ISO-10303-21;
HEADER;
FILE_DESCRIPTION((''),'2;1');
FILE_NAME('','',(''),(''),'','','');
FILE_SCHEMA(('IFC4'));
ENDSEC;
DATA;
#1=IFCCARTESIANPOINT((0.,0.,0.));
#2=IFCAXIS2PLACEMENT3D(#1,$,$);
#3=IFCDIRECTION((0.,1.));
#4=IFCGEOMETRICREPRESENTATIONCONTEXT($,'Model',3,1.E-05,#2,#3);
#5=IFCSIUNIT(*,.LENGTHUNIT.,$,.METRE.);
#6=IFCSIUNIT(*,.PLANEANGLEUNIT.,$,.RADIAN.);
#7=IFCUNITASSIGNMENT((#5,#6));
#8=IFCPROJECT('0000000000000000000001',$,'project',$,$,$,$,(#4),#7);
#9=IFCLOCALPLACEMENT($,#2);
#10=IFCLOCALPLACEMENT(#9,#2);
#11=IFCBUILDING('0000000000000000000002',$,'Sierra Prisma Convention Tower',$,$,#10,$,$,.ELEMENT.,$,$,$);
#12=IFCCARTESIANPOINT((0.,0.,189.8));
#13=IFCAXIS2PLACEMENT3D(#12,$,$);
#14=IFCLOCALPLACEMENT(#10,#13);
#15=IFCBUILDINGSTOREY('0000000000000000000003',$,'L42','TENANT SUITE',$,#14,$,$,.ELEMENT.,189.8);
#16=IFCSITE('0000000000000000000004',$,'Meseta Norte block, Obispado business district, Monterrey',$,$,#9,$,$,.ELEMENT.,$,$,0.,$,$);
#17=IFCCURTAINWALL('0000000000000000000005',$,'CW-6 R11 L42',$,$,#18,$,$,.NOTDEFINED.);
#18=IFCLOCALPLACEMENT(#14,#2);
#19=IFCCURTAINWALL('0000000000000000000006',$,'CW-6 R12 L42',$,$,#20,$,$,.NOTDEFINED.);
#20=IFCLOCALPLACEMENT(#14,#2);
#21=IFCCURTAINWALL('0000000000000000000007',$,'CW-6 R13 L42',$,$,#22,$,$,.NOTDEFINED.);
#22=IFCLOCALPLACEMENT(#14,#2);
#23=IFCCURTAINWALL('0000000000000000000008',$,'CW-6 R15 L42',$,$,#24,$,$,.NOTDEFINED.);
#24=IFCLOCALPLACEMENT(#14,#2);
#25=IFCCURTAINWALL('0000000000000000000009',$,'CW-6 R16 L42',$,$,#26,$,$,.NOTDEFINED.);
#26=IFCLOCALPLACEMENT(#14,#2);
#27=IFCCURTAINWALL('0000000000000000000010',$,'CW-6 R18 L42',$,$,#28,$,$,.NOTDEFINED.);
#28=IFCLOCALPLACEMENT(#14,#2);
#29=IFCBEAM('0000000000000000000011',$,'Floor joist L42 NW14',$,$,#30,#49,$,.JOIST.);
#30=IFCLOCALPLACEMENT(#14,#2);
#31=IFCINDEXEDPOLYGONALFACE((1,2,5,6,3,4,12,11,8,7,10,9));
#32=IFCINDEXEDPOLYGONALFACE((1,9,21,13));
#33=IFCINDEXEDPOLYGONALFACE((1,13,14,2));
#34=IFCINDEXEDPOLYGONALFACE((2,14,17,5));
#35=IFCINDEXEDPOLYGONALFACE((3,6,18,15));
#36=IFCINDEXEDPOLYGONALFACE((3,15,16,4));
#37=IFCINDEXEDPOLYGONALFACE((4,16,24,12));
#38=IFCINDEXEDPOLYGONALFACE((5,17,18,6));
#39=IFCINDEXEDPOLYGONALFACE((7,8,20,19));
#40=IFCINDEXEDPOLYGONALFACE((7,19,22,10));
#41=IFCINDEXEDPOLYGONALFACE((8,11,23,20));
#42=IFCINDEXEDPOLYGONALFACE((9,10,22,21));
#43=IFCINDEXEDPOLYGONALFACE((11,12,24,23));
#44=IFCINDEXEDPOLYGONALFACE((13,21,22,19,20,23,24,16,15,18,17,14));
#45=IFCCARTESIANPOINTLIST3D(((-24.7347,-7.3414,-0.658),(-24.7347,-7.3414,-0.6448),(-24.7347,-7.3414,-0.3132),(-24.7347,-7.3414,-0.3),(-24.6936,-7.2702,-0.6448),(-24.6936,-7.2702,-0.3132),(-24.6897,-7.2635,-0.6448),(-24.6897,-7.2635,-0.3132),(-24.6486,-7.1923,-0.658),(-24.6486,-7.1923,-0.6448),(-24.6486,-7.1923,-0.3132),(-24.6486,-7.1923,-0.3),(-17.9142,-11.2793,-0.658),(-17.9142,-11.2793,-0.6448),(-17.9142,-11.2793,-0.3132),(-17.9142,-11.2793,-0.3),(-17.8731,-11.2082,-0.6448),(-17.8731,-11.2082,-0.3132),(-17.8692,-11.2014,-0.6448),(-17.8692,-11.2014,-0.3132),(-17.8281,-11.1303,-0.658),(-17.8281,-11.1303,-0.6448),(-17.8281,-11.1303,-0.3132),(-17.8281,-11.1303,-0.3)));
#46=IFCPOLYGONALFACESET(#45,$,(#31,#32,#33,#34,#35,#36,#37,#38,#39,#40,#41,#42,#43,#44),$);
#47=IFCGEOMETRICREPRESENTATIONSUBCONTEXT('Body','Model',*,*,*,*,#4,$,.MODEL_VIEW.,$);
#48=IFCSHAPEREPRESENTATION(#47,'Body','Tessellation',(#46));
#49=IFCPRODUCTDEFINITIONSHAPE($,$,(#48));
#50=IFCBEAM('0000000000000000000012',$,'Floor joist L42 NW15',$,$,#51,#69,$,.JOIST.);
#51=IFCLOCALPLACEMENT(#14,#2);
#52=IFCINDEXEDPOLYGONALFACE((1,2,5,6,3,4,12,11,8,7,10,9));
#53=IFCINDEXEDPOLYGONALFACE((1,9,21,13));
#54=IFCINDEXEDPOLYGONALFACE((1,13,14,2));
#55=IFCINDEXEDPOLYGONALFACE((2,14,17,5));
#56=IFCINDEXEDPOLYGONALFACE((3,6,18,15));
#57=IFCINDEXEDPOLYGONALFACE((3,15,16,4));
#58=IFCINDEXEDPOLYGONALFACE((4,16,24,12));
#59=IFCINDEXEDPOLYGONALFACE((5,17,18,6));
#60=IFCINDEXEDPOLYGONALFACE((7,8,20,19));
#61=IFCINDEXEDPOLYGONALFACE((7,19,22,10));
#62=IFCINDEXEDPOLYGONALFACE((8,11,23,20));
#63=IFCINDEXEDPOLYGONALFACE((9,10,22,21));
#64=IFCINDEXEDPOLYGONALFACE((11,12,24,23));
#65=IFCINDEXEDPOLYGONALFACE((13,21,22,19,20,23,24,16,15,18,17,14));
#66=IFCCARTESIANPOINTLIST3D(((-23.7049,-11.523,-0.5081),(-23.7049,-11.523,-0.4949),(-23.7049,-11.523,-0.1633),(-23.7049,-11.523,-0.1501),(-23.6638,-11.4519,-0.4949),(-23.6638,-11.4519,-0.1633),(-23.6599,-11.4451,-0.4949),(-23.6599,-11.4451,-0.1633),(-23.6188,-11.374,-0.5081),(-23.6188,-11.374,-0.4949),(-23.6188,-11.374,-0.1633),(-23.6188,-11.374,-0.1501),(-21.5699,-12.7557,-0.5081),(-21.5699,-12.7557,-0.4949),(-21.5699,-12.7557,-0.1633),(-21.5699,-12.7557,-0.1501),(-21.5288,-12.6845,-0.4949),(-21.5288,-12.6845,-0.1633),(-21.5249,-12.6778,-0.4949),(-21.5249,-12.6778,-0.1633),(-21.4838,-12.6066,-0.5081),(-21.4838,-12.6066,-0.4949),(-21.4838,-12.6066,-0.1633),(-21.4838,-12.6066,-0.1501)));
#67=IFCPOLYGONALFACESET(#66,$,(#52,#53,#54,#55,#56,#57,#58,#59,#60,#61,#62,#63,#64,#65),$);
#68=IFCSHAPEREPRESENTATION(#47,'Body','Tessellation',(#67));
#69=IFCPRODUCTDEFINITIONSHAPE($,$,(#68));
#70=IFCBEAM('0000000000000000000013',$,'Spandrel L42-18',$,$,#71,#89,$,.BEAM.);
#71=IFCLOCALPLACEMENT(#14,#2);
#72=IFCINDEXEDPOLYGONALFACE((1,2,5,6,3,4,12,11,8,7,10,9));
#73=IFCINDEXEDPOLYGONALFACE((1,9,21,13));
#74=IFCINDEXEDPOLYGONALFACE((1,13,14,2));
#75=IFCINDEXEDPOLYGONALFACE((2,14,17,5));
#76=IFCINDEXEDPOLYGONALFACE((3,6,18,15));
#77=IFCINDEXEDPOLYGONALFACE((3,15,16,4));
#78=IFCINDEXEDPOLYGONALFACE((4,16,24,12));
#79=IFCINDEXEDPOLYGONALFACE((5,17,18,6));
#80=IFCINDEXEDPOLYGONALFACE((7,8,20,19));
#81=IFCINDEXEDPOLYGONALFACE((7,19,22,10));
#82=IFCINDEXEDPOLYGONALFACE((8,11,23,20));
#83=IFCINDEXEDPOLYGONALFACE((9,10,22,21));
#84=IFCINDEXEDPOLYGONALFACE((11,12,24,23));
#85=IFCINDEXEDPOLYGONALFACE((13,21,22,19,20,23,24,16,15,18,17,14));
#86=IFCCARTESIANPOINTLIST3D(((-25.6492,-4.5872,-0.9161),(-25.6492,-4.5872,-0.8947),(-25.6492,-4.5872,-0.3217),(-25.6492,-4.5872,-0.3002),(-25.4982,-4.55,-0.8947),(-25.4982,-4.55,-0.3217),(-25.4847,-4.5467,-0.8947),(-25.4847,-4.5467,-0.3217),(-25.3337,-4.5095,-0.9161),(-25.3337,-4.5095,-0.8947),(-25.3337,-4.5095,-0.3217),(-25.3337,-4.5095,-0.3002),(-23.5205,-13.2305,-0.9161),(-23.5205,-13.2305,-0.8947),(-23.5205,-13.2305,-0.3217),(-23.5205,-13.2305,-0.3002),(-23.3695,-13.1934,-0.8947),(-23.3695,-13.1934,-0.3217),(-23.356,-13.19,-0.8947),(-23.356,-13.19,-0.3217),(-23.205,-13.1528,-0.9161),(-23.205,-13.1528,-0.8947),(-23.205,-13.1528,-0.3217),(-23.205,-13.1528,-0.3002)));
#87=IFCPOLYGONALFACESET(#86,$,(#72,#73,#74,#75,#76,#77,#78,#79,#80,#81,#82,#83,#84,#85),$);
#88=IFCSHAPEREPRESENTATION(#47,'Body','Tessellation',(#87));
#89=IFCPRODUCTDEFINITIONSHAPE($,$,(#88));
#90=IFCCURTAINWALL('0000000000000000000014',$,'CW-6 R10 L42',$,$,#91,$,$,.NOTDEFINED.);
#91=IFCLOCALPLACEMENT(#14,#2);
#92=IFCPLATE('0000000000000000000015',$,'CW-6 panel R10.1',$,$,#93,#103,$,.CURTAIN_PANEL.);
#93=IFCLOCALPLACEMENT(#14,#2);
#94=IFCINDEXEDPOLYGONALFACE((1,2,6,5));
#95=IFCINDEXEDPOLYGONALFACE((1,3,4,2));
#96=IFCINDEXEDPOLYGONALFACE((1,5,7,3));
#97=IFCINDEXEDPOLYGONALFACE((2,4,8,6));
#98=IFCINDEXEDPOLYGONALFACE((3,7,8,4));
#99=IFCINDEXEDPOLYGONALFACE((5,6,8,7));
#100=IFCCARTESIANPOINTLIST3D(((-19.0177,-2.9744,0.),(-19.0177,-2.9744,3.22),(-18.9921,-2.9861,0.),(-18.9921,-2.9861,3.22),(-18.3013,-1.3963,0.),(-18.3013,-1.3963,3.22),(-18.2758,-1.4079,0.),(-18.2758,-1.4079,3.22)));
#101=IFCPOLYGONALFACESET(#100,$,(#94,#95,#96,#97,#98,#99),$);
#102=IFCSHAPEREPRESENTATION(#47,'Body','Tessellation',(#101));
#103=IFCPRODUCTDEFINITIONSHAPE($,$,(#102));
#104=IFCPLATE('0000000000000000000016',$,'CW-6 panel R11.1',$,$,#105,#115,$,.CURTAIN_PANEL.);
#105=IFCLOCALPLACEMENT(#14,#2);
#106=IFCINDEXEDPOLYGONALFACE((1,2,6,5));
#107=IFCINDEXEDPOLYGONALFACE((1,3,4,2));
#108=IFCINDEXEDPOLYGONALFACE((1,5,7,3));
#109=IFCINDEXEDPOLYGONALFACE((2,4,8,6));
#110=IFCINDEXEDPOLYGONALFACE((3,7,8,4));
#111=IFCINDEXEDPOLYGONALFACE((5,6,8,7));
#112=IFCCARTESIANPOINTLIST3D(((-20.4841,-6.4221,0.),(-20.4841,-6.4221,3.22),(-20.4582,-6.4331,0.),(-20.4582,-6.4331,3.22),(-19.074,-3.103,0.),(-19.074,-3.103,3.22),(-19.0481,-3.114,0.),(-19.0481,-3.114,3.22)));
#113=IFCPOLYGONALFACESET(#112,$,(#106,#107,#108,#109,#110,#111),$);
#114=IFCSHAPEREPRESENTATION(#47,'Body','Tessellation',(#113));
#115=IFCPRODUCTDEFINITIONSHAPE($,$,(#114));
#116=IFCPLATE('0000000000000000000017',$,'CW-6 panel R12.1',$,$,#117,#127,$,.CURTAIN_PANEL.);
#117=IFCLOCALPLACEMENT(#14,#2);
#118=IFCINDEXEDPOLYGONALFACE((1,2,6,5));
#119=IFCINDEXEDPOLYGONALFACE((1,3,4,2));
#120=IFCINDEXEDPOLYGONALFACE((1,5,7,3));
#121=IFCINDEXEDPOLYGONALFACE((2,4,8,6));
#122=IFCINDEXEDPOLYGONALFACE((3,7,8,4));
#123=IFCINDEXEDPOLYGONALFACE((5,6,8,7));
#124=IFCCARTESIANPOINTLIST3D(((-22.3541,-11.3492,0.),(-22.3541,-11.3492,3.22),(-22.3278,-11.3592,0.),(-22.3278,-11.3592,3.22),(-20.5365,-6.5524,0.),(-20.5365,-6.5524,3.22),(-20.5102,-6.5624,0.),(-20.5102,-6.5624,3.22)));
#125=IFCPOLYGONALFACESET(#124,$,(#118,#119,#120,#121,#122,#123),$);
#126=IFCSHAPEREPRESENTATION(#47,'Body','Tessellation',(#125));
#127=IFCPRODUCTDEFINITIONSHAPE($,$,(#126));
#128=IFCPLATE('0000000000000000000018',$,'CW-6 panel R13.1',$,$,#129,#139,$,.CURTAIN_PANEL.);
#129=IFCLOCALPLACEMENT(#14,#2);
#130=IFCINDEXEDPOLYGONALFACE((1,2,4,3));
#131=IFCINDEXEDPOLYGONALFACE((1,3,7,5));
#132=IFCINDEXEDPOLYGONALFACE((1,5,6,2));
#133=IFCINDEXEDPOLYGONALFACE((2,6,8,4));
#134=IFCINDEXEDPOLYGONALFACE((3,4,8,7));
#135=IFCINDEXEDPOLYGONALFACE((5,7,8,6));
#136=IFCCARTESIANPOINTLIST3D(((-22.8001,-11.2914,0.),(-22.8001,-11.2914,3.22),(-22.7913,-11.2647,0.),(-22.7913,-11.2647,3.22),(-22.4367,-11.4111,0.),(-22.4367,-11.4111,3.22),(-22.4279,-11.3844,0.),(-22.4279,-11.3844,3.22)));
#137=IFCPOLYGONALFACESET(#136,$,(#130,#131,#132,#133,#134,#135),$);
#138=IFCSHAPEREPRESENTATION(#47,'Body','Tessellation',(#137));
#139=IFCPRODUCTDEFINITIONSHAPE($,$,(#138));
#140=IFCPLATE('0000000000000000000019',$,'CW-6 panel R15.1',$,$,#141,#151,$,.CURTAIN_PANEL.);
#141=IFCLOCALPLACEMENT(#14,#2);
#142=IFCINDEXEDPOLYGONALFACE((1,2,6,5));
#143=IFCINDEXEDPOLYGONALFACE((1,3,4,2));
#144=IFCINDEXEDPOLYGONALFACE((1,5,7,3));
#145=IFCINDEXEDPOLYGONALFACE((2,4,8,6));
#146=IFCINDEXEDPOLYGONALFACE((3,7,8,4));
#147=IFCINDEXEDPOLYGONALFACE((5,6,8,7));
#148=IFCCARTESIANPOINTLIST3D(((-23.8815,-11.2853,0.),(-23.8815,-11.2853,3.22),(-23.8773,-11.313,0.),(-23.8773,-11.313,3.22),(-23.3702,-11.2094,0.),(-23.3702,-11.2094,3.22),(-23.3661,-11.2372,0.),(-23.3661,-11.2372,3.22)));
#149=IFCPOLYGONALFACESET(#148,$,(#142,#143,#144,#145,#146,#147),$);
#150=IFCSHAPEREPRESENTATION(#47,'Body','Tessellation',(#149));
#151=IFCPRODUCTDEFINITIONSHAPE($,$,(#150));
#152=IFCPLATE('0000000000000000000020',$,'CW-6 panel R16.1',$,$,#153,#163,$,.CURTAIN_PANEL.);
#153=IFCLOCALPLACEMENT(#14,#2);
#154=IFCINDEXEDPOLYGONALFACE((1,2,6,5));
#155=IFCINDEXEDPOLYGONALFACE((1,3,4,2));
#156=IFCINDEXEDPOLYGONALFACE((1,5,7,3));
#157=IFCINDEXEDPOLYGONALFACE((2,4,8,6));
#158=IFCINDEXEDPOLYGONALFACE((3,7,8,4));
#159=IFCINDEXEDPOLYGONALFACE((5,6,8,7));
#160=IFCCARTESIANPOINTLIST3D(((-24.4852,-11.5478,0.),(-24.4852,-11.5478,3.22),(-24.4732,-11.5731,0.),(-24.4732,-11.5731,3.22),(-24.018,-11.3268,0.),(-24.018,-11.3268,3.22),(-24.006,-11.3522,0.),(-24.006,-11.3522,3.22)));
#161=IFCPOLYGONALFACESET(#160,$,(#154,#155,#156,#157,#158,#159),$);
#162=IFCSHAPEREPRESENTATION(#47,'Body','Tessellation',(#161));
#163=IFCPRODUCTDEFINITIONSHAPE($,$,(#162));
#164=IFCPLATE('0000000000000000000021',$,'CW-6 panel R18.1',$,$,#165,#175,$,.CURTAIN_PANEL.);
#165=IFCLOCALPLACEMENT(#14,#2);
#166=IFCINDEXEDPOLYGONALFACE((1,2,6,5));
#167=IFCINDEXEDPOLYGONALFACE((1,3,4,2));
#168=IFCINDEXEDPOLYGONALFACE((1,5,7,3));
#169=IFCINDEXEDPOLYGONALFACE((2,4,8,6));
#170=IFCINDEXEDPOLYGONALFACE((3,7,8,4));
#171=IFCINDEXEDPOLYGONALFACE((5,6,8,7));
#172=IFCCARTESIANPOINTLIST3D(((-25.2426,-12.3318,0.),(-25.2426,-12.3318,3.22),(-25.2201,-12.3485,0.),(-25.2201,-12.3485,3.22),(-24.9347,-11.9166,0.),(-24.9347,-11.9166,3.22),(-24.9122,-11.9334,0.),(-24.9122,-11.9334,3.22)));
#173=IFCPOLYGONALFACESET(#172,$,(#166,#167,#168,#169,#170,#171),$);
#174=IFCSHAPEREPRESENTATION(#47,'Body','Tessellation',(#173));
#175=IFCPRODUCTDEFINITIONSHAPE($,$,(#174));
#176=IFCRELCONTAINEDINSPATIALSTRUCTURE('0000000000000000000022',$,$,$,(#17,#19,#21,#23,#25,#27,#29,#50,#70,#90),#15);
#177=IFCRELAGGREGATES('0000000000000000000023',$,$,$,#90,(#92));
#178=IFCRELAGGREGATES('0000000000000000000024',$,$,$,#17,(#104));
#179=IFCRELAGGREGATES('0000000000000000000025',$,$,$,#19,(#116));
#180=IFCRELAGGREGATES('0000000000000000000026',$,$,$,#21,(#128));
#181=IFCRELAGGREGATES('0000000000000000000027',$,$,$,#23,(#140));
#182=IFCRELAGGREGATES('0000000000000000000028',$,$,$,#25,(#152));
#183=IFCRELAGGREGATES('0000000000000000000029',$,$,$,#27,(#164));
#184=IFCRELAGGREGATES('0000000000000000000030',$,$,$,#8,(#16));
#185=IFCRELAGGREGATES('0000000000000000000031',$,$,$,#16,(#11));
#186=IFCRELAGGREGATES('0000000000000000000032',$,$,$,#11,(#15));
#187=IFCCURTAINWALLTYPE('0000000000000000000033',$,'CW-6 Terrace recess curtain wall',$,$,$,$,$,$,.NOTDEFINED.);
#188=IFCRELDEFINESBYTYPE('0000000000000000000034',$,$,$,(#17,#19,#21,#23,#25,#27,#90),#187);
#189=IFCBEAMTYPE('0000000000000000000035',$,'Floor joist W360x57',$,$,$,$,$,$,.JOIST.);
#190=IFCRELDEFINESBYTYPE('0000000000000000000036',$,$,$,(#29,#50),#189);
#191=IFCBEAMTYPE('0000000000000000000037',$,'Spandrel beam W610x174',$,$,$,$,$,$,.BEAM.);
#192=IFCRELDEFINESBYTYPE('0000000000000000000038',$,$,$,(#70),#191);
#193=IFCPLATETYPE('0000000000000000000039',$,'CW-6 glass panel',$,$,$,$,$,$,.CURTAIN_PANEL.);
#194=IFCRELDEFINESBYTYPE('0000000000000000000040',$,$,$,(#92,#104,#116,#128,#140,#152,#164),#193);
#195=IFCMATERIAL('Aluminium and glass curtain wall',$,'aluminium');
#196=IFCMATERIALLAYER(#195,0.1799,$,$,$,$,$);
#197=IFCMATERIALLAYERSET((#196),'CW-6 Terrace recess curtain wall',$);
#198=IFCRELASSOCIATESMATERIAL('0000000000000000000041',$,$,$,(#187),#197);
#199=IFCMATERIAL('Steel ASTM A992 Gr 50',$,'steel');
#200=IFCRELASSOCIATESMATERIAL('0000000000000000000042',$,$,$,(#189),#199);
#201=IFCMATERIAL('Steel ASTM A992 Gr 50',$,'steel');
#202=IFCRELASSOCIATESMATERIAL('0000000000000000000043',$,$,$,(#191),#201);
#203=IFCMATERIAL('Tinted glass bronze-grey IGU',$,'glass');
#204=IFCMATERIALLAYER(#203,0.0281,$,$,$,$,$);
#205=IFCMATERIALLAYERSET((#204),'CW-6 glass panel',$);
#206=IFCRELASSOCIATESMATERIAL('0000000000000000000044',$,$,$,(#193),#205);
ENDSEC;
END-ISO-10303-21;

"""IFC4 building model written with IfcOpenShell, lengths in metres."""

from ifc_helpers import new_model, si_unit, direction, frame, origin, origin_2d, place, context, subcontext, project, spatial, rectangle, i_section, extrude, material, layer, layer_set, material_profile, profile_set, type_object, element, aggregate, save


model = new_model("IFC4")

# Units and contexts
model_context = context("Model", 3, precision=1e-05, world=origin(), true_north=direction((0.0, 1.0)))
body_context = subcontext(model_context, "Body", "Model", "MODEL_VIEW")
ifc_project = project(units=[si_unit("LENGTHUNIT", "METRE"), si_unit("PLANEANGLEUNIT", "RADIAN")], contexts=[model_context])

# Site, building, storey
site_placement = place(None, origin())
site = spatial("IfcSite", under=ifc_project, at=site_placement, Name="Meseta Norte block, Obispado business district, Monterrey", CompositionType="ELEMENT", RefElevation=0.0)
building_placement = place(site_placement, origin())
building = spatial("IfcBuilding", under=site, at=building_placement, Name="Sierra Prisma Convention Tower", CompositionType="ELEMENT")
storey_placement = place(building_placement, frame((0.0, 0.0, 189.8)))
storey = spatial("IfcBuildingStorey", under=building, at=storey_placement, Name="L42", Description="TENANT SUITE", CompositionType="ELEMENT", Elevation=189.8)

# Curtain walls
ifc_material_1 = material(Name="Aluminium and glass curtain wall", Category="aluminium")
ifc_layer_1 = layer(ifc_material_1, 0.1799)
ifc_layer_set_1 = layer_set([ifc_layer_1], Name="CW-6 Terrace recess curtain wall")
curtain_wall_type = type_object("IfcCurtainWallType", Name="CW-6 Terrace recess curtain wall", PredefinedType="NOTDEFINED", material=ifc_layer_set_1)
curtain_wall_1_placement = place(storey_placement, origin())
curtain_wall_1 = element("IfcCurtainWall", 1, at=curtain_wall_1_placement, inside=storey, type_object=curtain_wall_type, Name="CW-6 R11 L42", PredefinedType="NOTDEFINED")
curtain_wall_2_placement = place(storey_placement, origin())
curtain_wall_2 = element("IfcCurtainWall", 2, at=curtain_wall_2_placement, inside=storey, type_object=curtain_wall_type, Name="CW-6 R12 L42", PredefinedType="NOTDEFINED")
curtain_wall_3_placement = place(storey_placement, origin())
curtain_wall_3 = element("IfcCurtainWall", 3, at=curtain_wall_3_placement, inside=storey, type_object=curtain_wall_type, Name="CW-6 R13 L42", PredefinedType="NOTDEFINED")
curtain_wall_4_placement = place(storey_placement, origin())
curtain_wall_4 = element("IfcCurtainWall", 4, at=curtain_wall_4_placement, inside=storey, type_object=curtain_wall_type, Name="CW-6 R15 L42", PredefinedType="NOTDEFINED")
curtain_wall_5_placement = place(storey_placement, origin())
curtain_wall_5 = element("IfcCurtainWall", 5, at=curtain_wall_5_placement, inside=storey, type_object=curtain_wall_type, Name="CW-6 R16 L42", PredefinedType="NOTDEFINED")
curtain_wall_6_placement = place(storey_placement, origin())
curtain_wall_6 = element("IfcCurtainWall", 6, at=curtain_wall_6_placement, inside=storey, type_object=curtain_wall_type, Name="CW-6 R18 L42", PredefinedType="NOTDEFINED")

# Beams
ifc_material_2 = material(Name="Steel ASTM A992 Gr 50", Category="steel")
ifc_material_profile_1 = material_profile(ifc_material_2, i_section(OverallWidth=0.1721, OverallDepth=0.3579, WebThickness=0.0078, FlangeThickness=0.0132, at=origin_2d()), Name="W360x57")
ifc_profile_set_1 = profile_set([ifc_material_profile_1], Name="Steel ASTM A992 Gr 50")
beam_type_1 = type_object("IfcBeamType", Name="Floor joist W360x57", PredefinedType="JOIST", material=ifc_profile_set_1)
beam_1_placement = place(storey_placement, frame((-24.6917, -7.2668, -0.479), z_axis=(0.866018, -0.500013, 0.0), x_axis=(0.500013, 0.866018, 0.0)))
element("IfcBeam", 7, at=beam_1_placement, inside=storey, type_object=beam_type_1, Name="Floor joist L42 NW14", PredefinedType="JOIST", context=body_context, shape_type="SweptSolid", body=[
    extrude(i_section(OverallWidth=0.1721, OverallDepth=0.3579, WebThickness=0.0078, FlangeThickness=0.0132, at=origin_2d()), origin(), (0.0, 0.0, 1.0), 7.8757),
])
beam_2_placement = place(storey_placement, frame((-23.6619, -11.4485, -0.3291), z_axis=(0.866022, -0.500005, 0.0), x_axis=(0.500005, 0.866022, 0.0)))
element("IfcBeam", 8, at=beam_2_placement, inside=storey, type_object=beam_type_1, Name="Floor joist L42 NW15", PredefinedType="JOIST", context=body_context, shape_type="SweptSolid", body=[
    extrude(i_section(OverallWidth=0.1721, OverallDepth=0.3579, WebThickness=0.0078, FlangeThickness=0.0132, at=origin_2d()), origin(), (0.0, 0.0, 1.0), 2.4653),
])
ifc_material_3 = material(Name="Steel ASTM A992 Gr 50", Category="steel")
ifc_material_profile_2 = material_profile(ifc_material_3, i_section(OverallWidth=0.325, OverallDepth=0.616, WebThickness=0.0139, FlangeThickness=0.0215, at=origin_2d()), Name="W610x174")
ifc_profile_set_2 = profile_set([ifc_material_profile_2], Name="Steel ASTM A992 Gr 50")
beam_type_2 = type_object("IfcBeamType", Name="Spandrel beam W610x174", PredefinedType="BEAM", material=ifc_profile_set_2)
beam_3_placement = place(storey_placement, frame((-25.4915, -4.5483, -0.6082), z_axis=(0.239133, -0.970987, 0.0), x_axis=(0.970987, 0.239133, 0.0)))
element("IfcBeam", 9, at=beam_3_placement, inside=storey, type_object=beam_type_2, Name="Spandrel L42-18", PredefinedType="BEAM", context=body_context, shape_type="SweptSolid", body=[
    extrude(i_section(OverallWidth=0.325, OverallDepth=0.616, WebThickness=0.0139, FlangeThickness=0.0215, at=origin_2d()), origin(), (0.0, 0.0, 1.0), 8.9016),
])

# Curtain wall, plate
curtain_wall_7_placement = place(storey_placement, origin())
curtain_wall_7 = element("IfcCurtainWall", 10, at=curtain_wall_7_placement, inside=storey, type_object=curtain_wall_type, Name="CW-6 R10 L42", PredefinedType="NOTDEFINED")
ifc_material_4 = material(Name="Tinted glass bronze-grey IGU", Category="glass")
ifc_layer_2 = layer(ifc_material_4, 0.0281)
ifc_layer_set_2 = layer_set([ifc_layer_2], Name="CW-6 glass panel")
plate_type = type_object("IfcPlateType", Name="CW-6 glass panel", PredefinedType="CURTAIN_PANEL", material=ifc_layer_set_2)
plate_1_placement = place(storey_placement, frame((-18.6467, -2.1912, 0.0), z_axis=(0.0, 0.0, 1.0), x_axis=(-0.413335, -0.910579, 0.0)))
plate_1 = element("IfcPlate", 11, at=plate_1_placement, type_object=plate_type, Name="CW-6 panel R10.1", PredefinedType="CURTAIN_PANEL", context=body_context, shape_type="SweptSolid", body=[
    extrude(rectangle(XDim=1.7332, YDim=0.0281, at=origin_2d()), origin(), (0.0, 0.0, 1.0), 3.22),
])
aggregate(curtain_wall_7, [plate_1])

# Plates
plate_2_placement = place(storey_placement, frame((-19.7661, -4.7681, 0.0), z_axis=(0.0, 0.0, 1.0), x_axis=(-0.391023, -0.920381, 0.0)))
plate_2 = element("IfcPlate", 12, at=plate_2_placement, type_object=plate_type, Name="CW-6 panel R11.1", PredefinedType="CURTAIN_PANEL", context=body_context, shape_type="SweptSolid", body=[
    extrude(rectangle(XDim=3.6062, YDim=0.0281, at=origin_2d()), origin(), (0.0, 0.0, 1.0), 3.22),
])
aggregate(curtain_wall_1, [plate_2])
plate_3_placement = place(storey_placement, frame((-21.4321, -8.9558, 0.0), z_axis=(0.0, 0.0, 1.0), x_axis=(-0.354333, -0.935119, 0.0)))
plate_3 = element("IfcPlate", 13, at=plate_3_placement, type_object=plate_type, Name="CW-6 panel R12.1", PredefinedType="CURTAIN_PANEL", context=body_context, shape_type="SweptSolid", body=[
    extrude(rectangle(XDim=5.1296, YDim=0.0281, at=origin_2d()), origin(), (0.0, 0.0, 1.0), 3.22),
])
aggregate(curtain_wall_2, [plate_3])
plate_4_placement = place(storey_placement, frame((-22.614, -11.3379, 0.0), z_axis=(0.0, 0.0, 1.0), x_axis=(-0.949782, 0.312914, 0.0)))
plate_4 = element("IfcPlate", 14, at=plate_4_placement, type_object=plate_type, Name="CW-6 panel R13.1", PredefinedType="CURTAIN_PANEL", context=body_context, shape_type="SweptSolid", body=[
    extrude(rectangle(XDim=0.3826, YDim=0.0281, at=origin_2d()), origin(), (0.0, 0.0, 1.0), 3.22),
])
aggregate(curtain_wall_3, [plate_4])
plate_5_placement = place(storey_placement, frame((-23.6238, -11.2612, 0.0), z_axis=(0.0, 0.0, 1.0), x_axis=(-0.989177, -0.14673, 0.0)))
plate_5 = element("IfcPlate", 15, at=plate_5_placement, type_object=plate_type, Name="CW-6 panel R15.1", PredefinedType="CURTAIN_PANEL", context=body_context, shape_type="SweptSolid", body=[
    extrude(rectangle(XDim=0.5168, YDim=0.0281, at=origin_2d()), origin(), (0.0, 0.0, 1.0), 3.22),
])
aggregate(curtain_wall_4, [plate_5])
plate_6_placement = place(storey_placement, frame((-24.2456, -11.45, 0.0), z_axis=(0.0, 0.0, 1.0), x_axis=(-0.903989, -0.427555, 0.0)))
plate_6 = element("IfcPlate", 16, at=plate_6_placement, type_object=plate_type, Name="CW-6 panel R16.1", PredefinedType="CURTAIN_PANEL", context=body_context, shape_type="SweptSolid", body=[
    extrude(rectangle(XDim=0.5168, YDim=0.0281, at=origin_2d()), origin(), (0.0, 0.0, 1.0), 3.22),
])
aggregate(curtain_wall_5, [plate_6])
plate_7_placement = place(storey_placement, frame((-25.0774, -12.1326, 0.0), z_axis=(0.0, 0.0, 1.0), x_axis=(-0.595699, -0.803208, 0.0)))
plate_7 = element("IfcPlate", 17, at=plate_7_placement, type_object=plate_type, Name="CW-6 panel R18.1", PredefinedType="CURTAIN_PANEL", context=body_context, shape_type="SweptSolid", body=[
    extrude(rectangle(XDim=0.5168, YDim=0.0281, at=origin_2d()), origin(), (0.0, 0.0, 1.0), 3.22),
])
aggregate(curtain_wall_6, [plate_7])

save(model, "model.ifc")
